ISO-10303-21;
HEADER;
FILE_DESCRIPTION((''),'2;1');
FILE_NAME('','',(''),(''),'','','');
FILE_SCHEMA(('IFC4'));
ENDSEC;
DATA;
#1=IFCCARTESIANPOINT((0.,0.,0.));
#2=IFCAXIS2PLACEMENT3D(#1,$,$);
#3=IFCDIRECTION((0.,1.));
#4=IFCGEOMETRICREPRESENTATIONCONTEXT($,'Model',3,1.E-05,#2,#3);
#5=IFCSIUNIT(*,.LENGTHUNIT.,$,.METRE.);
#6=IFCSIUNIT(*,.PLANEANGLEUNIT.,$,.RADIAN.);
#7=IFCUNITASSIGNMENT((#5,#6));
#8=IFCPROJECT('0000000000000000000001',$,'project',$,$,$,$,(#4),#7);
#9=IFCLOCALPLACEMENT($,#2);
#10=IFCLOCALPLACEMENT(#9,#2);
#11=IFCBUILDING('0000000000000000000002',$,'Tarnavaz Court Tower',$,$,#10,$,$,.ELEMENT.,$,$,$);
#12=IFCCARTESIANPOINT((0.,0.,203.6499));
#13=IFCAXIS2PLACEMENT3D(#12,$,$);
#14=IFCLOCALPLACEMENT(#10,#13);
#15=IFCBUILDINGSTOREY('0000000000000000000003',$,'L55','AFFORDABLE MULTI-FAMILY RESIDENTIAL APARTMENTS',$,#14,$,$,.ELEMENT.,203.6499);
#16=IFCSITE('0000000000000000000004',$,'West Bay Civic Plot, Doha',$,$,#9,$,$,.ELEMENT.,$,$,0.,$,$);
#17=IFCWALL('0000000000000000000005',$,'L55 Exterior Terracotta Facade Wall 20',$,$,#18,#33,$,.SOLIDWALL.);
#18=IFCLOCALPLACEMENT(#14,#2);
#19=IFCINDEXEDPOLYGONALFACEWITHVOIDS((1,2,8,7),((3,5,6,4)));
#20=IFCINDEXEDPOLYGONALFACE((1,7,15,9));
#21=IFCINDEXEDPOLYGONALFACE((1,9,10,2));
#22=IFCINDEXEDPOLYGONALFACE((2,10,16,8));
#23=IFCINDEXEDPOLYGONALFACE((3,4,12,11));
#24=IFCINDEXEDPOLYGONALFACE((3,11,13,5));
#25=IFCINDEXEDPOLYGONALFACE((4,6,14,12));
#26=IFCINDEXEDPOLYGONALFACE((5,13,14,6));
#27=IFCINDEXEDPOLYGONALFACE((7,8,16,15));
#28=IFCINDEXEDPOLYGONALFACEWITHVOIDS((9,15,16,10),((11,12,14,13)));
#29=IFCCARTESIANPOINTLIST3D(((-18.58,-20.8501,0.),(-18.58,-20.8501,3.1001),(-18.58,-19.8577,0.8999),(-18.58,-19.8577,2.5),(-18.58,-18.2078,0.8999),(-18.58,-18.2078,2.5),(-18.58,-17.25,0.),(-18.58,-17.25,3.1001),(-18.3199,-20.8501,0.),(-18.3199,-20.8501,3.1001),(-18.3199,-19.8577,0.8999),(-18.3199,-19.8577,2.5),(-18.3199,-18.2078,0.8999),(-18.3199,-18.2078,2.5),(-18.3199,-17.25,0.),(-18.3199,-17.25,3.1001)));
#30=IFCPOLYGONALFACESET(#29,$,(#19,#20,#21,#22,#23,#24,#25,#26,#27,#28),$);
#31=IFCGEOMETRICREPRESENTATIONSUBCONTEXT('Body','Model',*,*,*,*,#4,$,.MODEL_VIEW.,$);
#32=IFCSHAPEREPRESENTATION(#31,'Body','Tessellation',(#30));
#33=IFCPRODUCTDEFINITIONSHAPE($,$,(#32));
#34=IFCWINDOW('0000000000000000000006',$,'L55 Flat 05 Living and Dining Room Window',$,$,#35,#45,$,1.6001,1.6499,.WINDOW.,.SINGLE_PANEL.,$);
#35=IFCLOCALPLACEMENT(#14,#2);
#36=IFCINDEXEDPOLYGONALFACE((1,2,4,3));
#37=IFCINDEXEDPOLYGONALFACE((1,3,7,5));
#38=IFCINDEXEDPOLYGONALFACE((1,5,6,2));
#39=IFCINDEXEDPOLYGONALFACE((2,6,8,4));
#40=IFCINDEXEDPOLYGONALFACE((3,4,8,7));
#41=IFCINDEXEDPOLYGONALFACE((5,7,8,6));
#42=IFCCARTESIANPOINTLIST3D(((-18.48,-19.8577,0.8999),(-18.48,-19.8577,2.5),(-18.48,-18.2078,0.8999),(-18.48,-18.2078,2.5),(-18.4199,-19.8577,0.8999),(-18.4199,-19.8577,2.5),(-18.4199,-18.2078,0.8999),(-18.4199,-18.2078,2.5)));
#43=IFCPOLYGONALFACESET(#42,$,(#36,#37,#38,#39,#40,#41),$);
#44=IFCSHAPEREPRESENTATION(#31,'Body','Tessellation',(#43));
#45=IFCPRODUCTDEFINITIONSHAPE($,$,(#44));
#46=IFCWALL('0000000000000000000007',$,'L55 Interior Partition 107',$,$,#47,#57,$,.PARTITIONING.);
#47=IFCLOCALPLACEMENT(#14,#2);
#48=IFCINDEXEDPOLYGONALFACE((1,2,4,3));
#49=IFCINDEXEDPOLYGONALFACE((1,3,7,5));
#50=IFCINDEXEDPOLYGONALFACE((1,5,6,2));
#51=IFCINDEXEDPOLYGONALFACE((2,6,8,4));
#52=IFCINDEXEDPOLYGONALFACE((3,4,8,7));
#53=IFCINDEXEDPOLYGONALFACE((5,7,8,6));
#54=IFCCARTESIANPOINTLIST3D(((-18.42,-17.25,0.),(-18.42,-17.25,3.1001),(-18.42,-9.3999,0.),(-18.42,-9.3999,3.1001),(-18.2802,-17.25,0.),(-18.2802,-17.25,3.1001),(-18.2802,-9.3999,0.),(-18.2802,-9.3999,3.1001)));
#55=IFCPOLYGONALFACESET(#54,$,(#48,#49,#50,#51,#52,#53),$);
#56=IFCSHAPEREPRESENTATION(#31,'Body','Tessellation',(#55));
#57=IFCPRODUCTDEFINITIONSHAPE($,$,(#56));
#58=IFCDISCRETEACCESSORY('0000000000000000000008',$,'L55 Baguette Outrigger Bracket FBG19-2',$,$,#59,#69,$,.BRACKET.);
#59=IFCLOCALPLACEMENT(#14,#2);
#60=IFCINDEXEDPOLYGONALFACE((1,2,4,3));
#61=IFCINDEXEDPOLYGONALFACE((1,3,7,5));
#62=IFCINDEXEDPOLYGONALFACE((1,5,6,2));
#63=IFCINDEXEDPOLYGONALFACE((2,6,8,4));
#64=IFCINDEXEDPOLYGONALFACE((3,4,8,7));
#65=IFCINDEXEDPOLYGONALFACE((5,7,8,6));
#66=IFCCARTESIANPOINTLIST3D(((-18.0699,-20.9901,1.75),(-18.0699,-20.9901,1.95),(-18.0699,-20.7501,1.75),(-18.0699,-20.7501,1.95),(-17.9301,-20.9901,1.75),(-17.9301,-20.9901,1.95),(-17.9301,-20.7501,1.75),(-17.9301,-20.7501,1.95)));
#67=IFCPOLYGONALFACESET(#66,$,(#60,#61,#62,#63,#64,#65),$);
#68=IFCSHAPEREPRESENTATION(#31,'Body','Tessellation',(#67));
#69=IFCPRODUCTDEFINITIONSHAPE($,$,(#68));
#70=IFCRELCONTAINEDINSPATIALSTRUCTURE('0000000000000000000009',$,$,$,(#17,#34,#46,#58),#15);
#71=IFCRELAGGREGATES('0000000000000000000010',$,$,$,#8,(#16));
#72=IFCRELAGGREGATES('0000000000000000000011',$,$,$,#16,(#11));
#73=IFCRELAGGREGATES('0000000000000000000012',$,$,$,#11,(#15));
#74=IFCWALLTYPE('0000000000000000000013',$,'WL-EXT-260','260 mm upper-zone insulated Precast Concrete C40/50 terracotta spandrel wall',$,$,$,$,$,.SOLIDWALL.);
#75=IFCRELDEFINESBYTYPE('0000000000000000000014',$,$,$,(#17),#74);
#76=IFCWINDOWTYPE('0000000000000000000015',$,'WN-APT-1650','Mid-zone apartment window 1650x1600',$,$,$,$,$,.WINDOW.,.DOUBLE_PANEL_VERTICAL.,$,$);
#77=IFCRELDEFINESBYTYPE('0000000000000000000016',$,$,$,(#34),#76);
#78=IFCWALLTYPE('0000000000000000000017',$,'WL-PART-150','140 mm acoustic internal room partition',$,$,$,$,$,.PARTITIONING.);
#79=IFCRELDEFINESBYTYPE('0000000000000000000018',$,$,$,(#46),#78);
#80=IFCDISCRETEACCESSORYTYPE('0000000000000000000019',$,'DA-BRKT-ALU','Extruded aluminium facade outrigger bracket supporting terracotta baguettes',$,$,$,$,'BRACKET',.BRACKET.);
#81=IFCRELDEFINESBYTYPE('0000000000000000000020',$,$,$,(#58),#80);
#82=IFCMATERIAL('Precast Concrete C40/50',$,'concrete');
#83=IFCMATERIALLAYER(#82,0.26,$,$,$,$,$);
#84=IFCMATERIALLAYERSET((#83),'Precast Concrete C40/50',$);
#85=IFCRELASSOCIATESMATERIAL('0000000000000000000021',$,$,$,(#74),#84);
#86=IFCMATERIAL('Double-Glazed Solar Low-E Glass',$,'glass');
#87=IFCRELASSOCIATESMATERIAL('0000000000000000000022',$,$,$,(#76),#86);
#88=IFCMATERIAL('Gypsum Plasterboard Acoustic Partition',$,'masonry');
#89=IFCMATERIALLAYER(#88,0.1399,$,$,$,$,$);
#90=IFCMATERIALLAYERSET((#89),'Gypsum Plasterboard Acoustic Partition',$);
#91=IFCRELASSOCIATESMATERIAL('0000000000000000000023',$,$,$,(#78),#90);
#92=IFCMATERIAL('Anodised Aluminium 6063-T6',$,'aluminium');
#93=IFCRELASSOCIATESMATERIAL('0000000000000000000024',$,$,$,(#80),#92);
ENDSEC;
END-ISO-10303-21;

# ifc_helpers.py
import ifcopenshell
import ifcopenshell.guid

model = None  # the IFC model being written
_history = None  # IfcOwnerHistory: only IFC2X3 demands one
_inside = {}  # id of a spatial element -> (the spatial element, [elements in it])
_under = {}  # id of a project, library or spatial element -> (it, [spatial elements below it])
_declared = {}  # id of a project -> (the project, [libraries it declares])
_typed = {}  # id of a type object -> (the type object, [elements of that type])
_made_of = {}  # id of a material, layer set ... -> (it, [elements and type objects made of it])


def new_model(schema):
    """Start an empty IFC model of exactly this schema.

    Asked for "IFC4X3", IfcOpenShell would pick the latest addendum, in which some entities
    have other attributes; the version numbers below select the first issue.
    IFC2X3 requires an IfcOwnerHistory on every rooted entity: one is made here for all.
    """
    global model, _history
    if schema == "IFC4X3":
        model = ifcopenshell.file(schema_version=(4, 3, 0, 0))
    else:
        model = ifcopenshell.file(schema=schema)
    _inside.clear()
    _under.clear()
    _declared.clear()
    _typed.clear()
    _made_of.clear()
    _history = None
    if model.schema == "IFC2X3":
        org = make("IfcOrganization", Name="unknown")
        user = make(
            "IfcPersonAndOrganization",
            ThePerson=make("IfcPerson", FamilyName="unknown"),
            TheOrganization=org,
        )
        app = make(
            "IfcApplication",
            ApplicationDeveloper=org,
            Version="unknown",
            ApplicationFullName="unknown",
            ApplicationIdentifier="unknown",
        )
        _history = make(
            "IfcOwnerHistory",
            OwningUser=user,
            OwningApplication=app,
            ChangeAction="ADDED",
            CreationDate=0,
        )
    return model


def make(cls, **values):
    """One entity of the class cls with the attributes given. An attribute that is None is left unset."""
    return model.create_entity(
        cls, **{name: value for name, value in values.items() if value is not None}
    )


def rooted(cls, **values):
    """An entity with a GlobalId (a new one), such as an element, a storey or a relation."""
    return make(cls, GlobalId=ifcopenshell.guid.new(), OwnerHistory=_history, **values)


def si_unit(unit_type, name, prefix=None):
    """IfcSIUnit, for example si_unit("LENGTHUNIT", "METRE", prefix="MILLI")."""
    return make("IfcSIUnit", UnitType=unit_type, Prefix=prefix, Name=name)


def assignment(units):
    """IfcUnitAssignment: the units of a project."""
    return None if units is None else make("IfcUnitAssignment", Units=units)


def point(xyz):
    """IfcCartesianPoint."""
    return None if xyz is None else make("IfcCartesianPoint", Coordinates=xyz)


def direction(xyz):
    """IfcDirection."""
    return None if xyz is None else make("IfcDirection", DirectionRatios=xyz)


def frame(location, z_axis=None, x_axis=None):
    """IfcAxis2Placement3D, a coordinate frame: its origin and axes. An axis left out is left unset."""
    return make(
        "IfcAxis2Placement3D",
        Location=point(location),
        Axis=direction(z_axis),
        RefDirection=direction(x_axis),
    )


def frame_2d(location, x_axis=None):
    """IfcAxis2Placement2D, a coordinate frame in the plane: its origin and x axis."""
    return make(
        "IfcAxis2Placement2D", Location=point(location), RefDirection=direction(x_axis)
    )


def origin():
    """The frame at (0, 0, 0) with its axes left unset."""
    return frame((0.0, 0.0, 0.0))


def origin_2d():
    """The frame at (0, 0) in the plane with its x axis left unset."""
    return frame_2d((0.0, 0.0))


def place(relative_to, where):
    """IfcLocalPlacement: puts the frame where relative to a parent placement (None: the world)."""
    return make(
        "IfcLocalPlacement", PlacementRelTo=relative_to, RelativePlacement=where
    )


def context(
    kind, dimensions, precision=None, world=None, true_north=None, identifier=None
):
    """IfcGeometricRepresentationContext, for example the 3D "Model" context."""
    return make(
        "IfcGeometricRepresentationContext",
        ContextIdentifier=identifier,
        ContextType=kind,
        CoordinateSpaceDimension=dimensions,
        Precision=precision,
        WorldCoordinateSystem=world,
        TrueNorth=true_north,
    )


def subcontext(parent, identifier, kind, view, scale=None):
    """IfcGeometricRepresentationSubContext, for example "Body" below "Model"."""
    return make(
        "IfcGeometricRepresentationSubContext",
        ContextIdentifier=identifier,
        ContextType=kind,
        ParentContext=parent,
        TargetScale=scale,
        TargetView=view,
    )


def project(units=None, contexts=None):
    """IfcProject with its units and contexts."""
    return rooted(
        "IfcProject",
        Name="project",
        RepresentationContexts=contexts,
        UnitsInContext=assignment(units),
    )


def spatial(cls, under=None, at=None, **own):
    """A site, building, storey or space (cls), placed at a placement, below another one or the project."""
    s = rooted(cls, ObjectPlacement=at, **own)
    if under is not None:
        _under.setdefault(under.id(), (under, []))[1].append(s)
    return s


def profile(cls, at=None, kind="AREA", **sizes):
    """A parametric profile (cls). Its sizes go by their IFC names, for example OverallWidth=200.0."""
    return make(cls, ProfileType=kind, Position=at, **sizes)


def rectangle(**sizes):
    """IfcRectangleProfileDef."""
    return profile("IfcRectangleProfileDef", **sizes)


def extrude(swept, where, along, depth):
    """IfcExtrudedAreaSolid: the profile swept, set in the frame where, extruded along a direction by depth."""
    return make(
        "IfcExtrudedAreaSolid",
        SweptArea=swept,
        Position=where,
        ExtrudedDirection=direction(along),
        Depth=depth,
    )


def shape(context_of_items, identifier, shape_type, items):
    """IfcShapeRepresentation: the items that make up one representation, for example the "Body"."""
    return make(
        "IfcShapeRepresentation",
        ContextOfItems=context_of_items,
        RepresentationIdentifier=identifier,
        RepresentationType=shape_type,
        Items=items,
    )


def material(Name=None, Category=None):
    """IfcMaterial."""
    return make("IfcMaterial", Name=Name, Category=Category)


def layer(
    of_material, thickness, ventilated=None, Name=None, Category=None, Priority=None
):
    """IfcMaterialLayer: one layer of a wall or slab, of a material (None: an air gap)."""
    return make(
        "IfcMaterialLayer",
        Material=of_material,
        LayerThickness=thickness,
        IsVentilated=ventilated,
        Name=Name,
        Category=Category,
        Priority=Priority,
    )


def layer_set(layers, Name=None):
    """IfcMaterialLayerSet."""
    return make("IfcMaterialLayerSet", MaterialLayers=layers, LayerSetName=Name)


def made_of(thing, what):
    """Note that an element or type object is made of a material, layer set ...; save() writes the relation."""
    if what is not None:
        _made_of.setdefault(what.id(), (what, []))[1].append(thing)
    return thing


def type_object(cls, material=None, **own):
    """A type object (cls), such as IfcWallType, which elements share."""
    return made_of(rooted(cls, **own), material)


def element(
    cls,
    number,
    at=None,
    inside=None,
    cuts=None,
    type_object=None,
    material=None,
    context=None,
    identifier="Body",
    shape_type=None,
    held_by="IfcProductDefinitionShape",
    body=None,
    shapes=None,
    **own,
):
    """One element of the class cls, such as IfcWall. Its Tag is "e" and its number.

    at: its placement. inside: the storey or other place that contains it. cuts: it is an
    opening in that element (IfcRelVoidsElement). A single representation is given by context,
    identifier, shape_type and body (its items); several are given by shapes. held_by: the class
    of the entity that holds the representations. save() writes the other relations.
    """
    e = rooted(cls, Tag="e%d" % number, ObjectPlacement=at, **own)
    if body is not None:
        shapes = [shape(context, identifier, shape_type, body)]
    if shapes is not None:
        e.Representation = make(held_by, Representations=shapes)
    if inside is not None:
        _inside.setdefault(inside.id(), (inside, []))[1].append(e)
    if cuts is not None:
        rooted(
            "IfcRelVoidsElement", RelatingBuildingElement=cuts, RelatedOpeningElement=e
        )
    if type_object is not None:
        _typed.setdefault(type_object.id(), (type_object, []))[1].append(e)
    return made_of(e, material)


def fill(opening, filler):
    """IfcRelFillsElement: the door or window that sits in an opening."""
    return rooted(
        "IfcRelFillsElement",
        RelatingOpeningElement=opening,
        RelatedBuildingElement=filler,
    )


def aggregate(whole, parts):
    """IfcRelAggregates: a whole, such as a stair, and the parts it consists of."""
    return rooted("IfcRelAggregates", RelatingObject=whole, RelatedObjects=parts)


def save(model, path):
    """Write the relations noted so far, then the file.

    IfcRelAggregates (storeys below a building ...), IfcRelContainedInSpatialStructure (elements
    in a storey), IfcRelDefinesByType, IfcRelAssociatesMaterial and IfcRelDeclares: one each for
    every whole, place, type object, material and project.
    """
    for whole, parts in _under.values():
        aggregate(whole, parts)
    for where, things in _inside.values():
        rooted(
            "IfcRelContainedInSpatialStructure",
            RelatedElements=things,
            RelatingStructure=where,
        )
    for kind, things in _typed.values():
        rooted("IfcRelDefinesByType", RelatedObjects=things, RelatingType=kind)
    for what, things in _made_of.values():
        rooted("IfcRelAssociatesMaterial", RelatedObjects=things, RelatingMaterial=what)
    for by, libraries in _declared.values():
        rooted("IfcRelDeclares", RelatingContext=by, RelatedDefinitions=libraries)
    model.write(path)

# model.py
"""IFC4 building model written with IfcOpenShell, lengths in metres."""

from ifc_helpers import new_model, si_unit, direction, frame, frame_2d, origin, origin_2d, place, context, subcontext, project, spatial, rectangle, extrude, material, layer, layer_set, type_object, element, fill, save


model = new_model("IFC4")

# Units and contexts
model_context = context("Model", 3, precision=1e-05, world=origin(), true_north=direction((0.0, 1.0)))
body_context = subcontext(model_context, "Body", "Model", "MODEL_VIEW")
ifc_project = project(units=[si_unit("LENGTHUNIT", "METRE"), si_unit("PLANEANGLEUNIT", "RADIAN")], contexts=[model_context])

# Site, building, storey
site_placement = place(None, origin())
site = spatial("IfcSite", under=ifc_project, at=site_placement, Name="West Bay Civic Plot, Doha", CompositionType="ELEMENT", RefElevation=0.0)
building_placement = place(site_placement, origin())
building = spatial("IfcBuilding", under=site, at=building_placement, Name="Tarnavaz Court Tower", CompositionType="ELEMENT")
storey_placement = place(building_placement, frame((0.0, 0.0, 203.6499)))
storey = spatial("IfcBuildingStorey", under=building, at=storey_placement, Name="L55", Description="AFFORDABLE MULTI-FAMILY RESIDENTIAL APARTMENTS", CompositionType="ELEMENT", Elevation=203.6499)

# Shared definitions
ifc_material_1 = material(Name="Precast Concrete C40/50", Category="concrete")
ifc_layer_1 = layer(ifc_material_1, 0.26)
ifc_layer_set_1 = layer_set([ifc_layer_1], Name="Precast Concrete C40/50")
wall_type_1 = type_object("IfcWallType", Name="WL-EXT-260", Description="260 mm upper-zone insulated Precast Concrete C40/50 terracotta spandrel wall", PredefinedType="SOLIDWALL", material=ifc_layer_set_1)
ifc_material_2 = material(Name="Double-Glazed Solar Low-E Glass", Category="glass")

# Shared definitions
window_type_1 = type_object("IfcWindowType", Name="WN-APT-1650", Description="Mid-zone apartment window 1650x1600", PartitioningType="DOUBLE_PANEL_VERTICAL", PredefinedType="WINDOW", material=ifc_material_2)

# Wall, opening, window
wall_1_placement = place(storey_placement, frame((-18.45, -20.8501, 0.0), z_axis=(0.0, 0.0, 1.0), x_axis=(0.0, 1.0, 0.0)))
wall_1 = element("IfcWall", 1, at=wall_1_placement, inside=storey, type_object=wall_type_1, Name="L55 Exterior Terracotta Facade Wall 20", PredefinedType="SOLIDWALL", context=body_context, shape_type="SweptSolid", body=[
    extrude(rectangle(XDim=3.6001, YDim=0.26, at=frame_2d((1.8, 0.0))), origin(), (0.0, 0.0, 1.0), 3.1001),
])
opening_1_placement = place(wall_1_placement, frame((0.9924, 0.0, 0.8999)))
opening_1 = element("IfcOpeningElement", 2, at=opening_1_placement, cuts=wall_1, PredefinedType="OPENING", context=body_context, shape_type="SweptSolid", body=[
    extrude(rectangle(XDim=1.6499, YDim=1.6001, at=frame_2d((0.825, 0.8))), frame((0.0, 0.1399, 0.0), z_axis=(0.0, -1.0, 0.0), x_axis=(1.0, 0.0, 0.0)), (0.0, 0.0, 1.0), 0.28),
])
window_1_placement = place(opening_1_placement, origin())
window_1 = element("IfcWindow", 3, at=window_1_placement, inside=storey, type_object=window_type_1, Name="L55 Flat 05 Living and Dining Room Window", OverallHeight=1.6001, OverallWidth=1.6499, PartitioningType="SINGLE_PANEL", PredefinedType="WINDOW", context=body_context, shape_type="SweptSolid", body=[
    extrude(rectangle(XDim=1.6499, YDim=1.6001, at=frame_2d((0.825, 0.8))), frame((0.0, 0.03, 0.0), z_axis=(0.0, -1.0, 0.0), x_axis=(1.0, 0.0, 0.0)), (0.0, 0.0, 1.0), 0.0601),
])
fill(opening_1, window_1)

# Wall
ifc_material_3 = material(Name="Gypsum Plasterboard Acoustic Partition", Category="masonry")
ifc_layer_2 = layer(ifc_material_3, 0.1399)
ifc_layer_set_2 = layer_set([ifc_layer_2], Name="Gypsum Plasterboard Acoustic Partition")
wall_type_2 = type_object("IfcWallType", Name="WL-PART-150", Description="140 mm acoustic internal room partition", PredefinedType="PARTITIONING", material=ifc_layer_set_2)
wall_2_placement = place(storey_placement, frame((-18.3501, -17.25, 0.0), z_axis=(0.0, 0.0, 1.0), x_axis=(0.0, 1.0, 0.0)))
element("IfcWall", 4, at=wall_2_placement, inside=storey, type_object=wall_type_2, Name="L55 Interior Partition 107", PredefinedType="PARTITIONING", context=body_context, shape_type="SweptSolid", body=[
    extrude(rectangle(XDim=7.8501, YDim=0.1399, at=frame_2d((3.925, 0.0))), origin(), (0.0, 0.0, 1.0), 3.1001),
])

# Discrete accessory
ifc_material_4 = material(Name="Anodised Aluminium 6063-T6", Category="aluminium")
discrete_accessory_type = type_object("IfcDiscreteAccessoryType", Name="DA-BRKT-ALU", Description="Extruded aluminium facade outrigger bracket supporting terracotta baguettes", ElementType="BRACKET", PredefinedType="BRACKET", material=ifc_material_4)
discrete_accessory_placement = place(storey_placement, frame((-18.0, -20.8701, 1.75), z_axis=(0.0, 0.0, 1.0), x_axis=(-1.0, 0.0, 0.0)))
element("IfcDiscreteAccessory", 5, at=discrete_accessory_placement, inside=storey, type_object=discrete_accessory_type, Name="L55 Baguette Outrigger Bracket FBG19-2", PredefinedType="BRACKET", context=body_context, shape_type="SweptSolid", body=[
    extrude(rectangle(XDim=0.1399, YDim=0.24, at=origin_2d()), origin(), (0.0, 0.0, 1.0), 0.2),
])

save(model, "model.ifc")
